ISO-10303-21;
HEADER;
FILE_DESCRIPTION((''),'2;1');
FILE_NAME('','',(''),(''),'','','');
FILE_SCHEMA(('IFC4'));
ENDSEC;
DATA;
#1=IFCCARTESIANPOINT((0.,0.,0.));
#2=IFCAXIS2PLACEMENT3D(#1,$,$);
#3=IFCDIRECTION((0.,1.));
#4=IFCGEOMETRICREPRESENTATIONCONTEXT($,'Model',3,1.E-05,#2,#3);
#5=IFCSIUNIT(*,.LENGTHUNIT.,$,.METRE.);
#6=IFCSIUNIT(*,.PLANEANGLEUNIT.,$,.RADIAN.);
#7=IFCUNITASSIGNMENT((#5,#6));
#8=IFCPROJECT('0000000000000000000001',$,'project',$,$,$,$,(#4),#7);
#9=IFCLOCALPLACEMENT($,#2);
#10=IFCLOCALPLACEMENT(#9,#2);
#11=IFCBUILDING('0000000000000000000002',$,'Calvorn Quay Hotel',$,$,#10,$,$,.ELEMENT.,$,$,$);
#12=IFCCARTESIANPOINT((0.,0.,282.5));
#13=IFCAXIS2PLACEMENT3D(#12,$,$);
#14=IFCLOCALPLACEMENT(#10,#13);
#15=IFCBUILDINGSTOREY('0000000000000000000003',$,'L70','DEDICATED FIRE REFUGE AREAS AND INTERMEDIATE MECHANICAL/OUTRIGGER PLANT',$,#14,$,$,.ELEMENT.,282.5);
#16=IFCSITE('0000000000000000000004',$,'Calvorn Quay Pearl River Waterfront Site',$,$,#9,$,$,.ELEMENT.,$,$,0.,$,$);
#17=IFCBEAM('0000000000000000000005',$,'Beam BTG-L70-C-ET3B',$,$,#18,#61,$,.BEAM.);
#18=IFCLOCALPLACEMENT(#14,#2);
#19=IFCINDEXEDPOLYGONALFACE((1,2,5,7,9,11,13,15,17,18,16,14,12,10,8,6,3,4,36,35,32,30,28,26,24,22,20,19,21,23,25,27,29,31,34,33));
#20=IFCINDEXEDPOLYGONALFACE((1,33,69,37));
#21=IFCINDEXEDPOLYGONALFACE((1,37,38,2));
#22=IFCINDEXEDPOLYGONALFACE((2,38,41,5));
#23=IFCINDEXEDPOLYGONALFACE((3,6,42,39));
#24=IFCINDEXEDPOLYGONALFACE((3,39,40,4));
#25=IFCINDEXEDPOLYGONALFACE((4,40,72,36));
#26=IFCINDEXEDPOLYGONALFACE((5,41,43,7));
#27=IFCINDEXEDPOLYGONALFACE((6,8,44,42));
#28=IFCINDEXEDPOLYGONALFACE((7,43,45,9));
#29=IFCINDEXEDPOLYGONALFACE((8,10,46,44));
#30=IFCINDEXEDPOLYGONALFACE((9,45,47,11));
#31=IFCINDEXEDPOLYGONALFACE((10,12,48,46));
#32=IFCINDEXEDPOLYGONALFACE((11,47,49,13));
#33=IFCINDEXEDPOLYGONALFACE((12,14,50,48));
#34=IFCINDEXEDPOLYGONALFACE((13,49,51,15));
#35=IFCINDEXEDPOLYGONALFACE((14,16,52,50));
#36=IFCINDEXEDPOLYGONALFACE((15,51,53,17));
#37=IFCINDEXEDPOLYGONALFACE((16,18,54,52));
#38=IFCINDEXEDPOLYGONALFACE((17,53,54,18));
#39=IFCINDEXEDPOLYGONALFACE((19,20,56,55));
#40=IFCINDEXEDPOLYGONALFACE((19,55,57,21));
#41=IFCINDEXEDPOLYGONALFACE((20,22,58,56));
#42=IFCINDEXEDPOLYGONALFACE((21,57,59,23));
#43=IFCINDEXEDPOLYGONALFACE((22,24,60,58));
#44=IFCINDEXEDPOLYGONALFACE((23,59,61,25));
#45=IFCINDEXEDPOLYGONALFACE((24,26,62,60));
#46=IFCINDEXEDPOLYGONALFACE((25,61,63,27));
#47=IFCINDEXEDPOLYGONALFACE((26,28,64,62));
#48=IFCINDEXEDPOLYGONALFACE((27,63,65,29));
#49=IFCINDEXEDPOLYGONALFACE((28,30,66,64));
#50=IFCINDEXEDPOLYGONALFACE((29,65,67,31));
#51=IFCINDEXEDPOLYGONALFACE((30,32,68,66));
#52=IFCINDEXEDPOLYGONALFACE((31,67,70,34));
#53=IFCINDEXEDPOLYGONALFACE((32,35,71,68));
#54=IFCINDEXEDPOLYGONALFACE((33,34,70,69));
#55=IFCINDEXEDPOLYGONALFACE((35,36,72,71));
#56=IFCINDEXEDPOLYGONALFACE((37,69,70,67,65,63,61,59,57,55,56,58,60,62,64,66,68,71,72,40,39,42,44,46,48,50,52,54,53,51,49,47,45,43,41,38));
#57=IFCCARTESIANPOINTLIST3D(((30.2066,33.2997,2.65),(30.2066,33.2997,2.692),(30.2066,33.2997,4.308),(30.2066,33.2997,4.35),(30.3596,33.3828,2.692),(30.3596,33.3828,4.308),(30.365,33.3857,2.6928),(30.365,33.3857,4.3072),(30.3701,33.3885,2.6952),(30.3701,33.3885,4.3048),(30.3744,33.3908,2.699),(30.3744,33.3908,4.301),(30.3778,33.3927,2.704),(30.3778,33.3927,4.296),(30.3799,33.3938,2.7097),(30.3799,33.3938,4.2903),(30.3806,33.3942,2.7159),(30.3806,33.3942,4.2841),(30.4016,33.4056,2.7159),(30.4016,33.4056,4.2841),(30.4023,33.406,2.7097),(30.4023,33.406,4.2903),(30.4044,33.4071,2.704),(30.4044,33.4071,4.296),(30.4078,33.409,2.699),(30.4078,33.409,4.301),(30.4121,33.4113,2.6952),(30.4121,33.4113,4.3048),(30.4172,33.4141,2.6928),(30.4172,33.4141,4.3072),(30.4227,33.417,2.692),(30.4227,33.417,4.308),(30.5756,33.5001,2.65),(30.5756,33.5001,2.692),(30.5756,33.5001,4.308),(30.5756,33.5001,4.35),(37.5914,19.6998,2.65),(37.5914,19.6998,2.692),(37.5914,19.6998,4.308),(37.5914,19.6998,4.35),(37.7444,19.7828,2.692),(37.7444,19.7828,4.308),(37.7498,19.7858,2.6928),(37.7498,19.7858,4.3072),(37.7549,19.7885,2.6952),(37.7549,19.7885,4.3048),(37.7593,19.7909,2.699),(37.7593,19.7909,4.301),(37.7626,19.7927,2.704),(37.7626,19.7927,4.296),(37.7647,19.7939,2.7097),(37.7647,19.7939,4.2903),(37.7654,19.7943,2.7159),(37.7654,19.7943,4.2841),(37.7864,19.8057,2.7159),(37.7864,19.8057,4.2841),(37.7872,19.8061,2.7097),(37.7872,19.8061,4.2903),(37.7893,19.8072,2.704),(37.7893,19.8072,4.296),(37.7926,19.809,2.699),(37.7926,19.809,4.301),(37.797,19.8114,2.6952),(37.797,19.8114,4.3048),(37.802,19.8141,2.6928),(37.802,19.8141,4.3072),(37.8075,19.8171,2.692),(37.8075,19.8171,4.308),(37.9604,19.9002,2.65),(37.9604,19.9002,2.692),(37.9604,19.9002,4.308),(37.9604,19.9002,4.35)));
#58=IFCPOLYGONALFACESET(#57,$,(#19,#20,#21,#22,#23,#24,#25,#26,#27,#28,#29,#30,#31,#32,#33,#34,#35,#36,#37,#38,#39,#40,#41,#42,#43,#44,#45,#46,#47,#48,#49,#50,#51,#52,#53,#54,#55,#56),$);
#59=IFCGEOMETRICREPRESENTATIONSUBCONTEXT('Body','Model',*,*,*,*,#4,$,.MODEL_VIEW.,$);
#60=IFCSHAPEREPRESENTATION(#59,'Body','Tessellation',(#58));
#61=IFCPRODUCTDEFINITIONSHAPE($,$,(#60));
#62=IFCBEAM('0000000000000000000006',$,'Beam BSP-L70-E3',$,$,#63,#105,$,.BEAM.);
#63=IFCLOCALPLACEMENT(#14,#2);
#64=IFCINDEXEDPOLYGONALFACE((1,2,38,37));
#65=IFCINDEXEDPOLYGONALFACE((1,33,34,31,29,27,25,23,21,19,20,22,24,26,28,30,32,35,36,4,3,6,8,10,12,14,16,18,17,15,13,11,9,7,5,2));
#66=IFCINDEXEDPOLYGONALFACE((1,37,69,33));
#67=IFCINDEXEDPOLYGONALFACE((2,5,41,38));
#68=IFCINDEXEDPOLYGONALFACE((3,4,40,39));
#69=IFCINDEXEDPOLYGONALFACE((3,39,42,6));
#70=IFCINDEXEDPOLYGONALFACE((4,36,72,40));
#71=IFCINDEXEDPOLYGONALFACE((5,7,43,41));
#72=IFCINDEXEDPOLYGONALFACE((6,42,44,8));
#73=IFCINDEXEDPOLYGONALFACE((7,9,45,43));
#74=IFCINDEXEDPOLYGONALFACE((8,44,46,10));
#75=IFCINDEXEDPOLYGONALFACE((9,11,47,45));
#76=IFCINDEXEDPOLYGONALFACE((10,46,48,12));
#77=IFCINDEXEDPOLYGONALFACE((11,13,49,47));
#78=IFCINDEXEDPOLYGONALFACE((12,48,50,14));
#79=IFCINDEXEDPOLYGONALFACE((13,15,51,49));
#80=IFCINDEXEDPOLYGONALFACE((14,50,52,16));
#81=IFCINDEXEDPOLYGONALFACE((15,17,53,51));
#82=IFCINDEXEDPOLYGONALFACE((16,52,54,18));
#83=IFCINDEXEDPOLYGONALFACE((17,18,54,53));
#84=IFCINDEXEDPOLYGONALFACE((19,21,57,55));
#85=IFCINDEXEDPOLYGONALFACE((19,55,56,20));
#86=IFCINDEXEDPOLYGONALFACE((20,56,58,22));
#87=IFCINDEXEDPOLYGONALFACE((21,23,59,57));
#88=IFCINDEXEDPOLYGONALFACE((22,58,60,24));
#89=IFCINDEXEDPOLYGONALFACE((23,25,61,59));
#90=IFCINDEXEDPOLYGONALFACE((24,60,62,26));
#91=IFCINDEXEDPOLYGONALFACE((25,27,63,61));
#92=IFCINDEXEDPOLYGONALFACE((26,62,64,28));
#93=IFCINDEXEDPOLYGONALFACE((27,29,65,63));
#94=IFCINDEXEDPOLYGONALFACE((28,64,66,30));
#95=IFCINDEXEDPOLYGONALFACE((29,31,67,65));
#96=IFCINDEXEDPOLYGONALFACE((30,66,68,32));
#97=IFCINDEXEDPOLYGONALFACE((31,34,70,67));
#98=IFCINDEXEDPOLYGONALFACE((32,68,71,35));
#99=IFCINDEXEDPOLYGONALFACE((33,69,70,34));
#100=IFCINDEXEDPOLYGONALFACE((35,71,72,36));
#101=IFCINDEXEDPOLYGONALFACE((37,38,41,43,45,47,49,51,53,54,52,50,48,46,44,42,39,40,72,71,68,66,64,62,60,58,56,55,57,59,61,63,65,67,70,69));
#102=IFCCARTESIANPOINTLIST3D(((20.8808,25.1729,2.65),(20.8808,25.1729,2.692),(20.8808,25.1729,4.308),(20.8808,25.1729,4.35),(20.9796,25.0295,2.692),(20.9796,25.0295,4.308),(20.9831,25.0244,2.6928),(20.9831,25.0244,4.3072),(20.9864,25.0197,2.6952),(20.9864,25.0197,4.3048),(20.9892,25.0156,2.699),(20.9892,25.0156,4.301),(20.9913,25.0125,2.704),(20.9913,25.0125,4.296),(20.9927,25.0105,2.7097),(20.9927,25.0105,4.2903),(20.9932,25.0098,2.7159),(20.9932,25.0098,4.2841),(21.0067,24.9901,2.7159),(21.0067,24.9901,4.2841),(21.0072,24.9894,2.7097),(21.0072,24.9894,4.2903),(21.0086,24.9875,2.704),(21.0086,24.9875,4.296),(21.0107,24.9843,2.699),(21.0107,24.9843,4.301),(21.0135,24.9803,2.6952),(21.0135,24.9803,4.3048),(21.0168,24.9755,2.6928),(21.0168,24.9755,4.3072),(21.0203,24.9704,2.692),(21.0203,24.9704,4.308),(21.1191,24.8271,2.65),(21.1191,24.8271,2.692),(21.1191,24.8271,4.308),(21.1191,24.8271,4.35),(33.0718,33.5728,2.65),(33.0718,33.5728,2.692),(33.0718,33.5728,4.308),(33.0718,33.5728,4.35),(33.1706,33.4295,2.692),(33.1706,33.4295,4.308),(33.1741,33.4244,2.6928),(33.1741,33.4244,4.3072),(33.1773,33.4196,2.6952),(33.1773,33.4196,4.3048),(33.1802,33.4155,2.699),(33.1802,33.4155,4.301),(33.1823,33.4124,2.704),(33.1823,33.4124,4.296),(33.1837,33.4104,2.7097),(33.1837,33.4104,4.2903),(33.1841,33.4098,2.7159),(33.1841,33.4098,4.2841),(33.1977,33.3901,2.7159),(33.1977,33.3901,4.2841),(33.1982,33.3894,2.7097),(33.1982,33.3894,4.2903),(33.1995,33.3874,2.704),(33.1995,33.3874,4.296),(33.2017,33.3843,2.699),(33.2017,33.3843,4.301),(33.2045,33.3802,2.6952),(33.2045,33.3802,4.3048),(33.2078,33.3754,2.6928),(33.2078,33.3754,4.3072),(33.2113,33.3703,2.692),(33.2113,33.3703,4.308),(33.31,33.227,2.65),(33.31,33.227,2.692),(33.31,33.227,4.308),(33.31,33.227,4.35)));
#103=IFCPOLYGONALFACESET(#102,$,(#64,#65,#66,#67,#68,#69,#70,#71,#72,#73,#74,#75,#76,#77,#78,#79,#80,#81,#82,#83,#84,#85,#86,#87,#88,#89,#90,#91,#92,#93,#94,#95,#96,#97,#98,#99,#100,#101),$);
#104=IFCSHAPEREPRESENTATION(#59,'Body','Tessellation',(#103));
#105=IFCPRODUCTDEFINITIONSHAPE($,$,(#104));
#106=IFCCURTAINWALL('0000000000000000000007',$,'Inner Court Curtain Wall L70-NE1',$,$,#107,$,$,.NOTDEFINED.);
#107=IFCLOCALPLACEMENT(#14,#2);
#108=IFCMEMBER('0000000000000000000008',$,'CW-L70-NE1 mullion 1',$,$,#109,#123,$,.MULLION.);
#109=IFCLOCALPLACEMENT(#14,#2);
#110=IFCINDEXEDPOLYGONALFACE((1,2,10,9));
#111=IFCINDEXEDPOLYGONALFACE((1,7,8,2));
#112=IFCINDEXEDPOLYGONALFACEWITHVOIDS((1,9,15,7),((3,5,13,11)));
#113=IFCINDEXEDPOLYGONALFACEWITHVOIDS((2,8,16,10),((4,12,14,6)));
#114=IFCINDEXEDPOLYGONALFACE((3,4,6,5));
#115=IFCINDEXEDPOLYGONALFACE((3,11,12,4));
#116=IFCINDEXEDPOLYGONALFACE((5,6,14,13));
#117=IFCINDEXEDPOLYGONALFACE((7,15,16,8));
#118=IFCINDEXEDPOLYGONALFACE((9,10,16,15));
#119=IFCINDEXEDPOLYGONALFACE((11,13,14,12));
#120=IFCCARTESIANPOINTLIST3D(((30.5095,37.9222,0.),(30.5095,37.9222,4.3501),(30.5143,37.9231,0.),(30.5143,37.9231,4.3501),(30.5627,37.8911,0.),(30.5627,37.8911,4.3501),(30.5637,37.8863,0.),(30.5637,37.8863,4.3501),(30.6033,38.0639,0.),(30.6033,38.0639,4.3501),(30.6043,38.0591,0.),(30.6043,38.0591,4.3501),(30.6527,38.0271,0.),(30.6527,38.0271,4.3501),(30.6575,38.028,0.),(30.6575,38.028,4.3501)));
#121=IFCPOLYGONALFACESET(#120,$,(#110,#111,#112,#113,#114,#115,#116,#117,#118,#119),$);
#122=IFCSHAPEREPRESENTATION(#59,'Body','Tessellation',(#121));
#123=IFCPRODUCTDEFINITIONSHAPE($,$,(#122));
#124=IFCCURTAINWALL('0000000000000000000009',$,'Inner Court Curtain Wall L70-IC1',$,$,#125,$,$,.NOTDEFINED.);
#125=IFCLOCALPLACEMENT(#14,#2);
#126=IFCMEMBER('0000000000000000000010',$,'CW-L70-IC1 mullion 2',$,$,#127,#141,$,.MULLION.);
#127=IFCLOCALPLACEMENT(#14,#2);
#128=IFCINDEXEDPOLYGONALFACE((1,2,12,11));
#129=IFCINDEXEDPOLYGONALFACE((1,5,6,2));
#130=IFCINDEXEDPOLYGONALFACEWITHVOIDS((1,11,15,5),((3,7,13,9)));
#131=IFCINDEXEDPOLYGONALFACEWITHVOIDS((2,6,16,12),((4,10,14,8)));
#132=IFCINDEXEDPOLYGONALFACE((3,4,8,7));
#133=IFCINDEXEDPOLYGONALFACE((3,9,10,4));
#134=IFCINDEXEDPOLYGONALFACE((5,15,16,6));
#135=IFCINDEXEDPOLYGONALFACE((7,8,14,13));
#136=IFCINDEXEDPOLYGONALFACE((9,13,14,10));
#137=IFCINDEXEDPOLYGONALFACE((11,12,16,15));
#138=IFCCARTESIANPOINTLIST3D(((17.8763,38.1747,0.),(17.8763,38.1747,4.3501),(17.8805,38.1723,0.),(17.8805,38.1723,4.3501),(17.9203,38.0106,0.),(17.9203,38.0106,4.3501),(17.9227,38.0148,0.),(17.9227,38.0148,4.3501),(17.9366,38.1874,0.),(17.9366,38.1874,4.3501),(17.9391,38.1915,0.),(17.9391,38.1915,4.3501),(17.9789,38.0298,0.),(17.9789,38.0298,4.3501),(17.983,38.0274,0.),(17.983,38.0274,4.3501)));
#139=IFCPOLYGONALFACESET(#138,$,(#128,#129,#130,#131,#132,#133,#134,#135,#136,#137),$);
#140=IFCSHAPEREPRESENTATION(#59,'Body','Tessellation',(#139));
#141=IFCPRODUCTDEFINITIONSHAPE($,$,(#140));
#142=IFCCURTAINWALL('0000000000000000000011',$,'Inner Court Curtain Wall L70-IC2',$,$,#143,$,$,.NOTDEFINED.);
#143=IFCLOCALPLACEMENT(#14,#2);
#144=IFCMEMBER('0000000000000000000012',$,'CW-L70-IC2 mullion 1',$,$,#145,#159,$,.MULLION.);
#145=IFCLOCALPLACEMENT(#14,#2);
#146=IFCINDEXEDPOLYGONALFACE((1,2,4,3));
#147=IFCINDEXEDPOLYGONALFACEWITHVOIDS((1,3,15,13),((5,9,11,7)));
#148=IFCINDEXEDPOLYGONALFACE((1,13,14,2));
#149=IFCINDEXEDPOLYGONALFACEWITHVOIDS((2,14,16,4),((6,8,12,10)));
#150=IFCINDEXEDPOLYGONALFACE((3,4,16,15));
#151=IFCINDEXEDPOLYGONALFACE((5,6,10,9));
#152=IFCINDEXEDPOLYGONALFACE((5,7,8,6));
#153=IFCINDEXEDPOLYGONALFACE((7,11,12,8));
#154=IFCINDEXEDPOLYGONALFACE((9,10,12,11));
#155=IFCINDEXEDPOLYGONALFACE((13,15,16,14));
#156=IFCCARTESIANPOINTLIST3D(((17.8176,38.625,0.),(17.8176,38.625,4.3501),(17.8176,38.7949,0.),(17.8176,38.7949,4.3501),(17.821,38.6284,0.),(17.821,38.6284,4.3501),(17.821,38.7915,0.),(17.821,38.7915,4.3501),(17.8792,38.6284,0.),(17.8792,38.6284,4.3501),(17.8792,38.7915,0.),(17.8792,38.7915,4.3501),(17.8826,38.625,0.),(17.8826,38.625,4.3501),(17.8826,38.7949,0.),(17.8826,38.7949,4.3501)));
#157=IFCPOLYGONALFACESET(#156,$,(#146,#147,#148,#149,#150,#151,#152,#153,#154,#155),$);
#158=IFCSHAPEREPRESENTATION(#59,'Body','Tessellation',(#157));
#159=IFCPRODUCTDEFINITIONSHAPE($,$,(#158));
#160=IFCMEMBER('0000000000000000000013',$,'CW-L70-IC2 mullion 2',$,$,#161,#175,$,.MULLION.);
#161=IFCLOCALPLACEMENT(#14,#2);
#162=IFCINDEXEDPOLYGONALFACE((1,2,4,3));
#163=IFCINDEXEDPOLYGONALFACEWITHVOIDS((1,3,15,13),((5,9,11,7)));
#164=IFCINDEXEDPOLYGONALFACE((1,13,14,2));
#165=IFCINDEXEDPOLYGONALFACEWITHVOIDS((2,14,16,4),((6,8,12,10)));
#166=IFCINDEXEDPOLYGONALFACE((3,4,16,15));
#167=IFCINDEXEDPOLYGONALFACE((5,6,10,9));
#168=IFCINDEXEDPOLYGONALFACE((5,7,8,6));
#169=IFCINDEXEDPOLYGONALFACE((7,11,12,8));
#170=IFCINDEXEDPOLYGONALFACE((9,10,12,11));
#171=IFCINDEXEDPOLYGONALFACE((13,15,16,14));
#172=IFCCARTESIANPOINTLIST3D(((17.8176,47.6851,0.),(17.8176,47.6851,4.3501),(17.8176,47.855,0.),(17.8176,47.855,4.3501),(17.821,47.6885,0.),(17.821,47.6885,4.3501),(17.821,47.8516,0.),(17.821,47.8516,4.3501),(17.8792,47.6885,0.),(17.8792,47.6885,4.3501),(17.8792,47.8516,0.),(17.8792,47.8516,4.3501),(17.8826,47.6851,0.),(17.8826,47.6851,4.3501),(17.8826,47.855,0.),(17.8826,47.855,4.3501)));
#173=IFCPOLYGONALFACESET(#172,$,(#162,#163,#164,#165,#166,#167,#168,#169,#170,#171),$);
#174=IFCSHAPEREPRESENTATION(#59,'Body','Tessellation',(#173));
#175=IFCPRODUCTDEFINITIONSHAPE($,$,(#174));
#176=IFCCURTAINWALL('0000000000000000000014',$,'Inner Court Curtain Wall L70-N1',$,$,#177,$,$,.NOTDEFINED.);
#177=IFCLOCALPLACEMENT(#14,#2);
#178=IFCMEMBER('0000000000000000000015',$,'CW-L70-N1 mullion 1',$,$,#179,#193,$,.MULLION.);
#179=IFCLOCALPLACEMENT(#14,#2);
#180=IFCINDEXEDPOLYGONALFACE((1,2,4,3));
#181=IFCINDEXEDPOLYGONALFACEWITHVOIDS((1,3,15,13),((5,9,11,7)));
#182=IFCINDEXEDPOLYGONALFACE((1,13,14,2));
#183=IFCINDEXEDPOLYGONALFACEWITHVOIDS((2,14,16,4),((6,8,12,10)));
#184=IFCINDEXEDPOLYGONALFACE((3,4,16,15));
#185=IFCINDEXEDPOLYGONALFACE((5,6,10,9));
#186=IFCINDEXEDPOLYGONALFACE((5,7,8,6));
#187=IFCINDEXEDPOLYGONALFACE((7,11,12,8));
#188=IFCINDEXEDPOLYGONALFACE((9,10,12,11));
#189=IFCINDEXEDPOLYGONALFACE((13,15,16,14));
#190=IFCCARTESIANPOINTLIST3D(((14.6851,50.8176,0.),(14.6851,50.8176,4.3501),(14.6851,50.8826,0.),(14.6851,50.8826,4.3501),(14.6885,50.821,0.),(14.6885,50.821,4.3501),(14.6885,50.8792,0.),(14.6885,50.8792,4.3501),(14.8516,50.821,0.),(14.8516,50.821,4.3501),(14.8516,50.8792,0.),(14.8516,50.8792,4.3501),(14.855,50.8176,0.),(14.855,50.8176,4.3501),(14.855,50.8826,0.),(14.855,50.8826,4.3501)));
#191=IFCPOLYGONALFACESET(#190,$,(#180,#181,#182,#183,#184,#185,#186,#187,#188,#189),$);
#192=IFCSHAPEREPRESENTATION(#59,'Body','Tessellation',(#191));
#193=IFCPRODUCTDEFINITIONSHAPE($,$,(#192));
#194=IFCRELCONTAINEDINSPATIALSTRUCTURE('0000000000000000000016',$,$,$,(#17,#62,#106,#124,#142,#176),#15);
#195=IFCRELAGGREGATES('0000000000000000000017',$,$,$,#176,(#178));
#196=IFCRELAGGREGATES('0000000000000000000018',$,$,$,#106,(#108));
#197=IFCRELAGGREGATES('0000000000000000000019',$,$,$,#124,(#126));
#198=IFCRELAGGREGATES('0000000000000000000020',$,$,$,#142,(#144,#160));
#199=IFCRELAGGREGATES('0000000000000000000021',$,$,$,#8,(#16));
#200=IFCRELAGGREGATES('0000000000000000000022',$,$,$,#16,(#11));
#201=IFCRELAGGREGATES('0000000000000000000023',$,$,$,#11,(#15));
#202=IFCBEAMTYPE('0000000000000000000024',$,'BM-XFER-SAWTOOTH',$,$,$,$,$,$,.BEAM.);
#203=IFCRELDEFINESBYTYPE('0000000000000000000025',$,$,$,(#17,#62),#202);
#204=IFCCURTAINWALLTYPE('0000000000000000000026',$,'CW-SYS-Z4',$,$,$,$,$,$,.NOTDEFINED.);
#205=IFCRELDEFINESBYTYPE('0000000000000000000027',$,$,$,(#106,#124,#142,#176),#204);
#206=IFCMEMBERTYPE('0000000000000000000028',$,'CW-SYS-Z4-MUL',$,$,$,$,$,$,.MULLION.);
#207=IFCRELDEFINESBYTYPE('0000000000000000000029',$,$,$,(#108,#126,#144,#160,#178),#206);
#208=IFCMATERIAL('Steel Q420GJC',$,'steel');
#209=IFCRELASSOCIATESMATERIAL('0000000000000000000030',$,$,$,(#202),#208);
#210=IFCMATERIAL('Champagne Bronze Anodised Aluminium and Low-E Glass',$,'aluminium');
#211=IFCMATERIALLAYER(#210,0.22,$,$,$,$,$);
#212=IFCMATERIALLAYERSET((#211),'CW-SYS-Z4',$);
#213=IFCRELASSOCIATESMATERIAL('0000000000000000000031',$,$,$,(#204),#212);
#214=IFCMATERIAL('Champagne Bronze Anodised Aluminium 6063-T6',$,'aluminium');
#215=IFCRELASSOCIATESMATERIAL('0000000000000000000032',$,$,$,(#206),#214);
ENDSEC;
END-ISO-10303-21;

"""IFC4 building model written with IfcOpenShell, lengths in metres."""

from ifc_helpers import new_model, si_unit, direction, frame, origin, origin_2d, place, context, subcontext, project, spatial, hollow_rectangle, i_section, extrude, material, layer, layer_set, material_profile, profile_set, type_object, element, aggregate, save


model = new_model("IFC4")

# Units and contexts
model_context = context("Model", 3, precision=1e-05, world=origin(), true_north=direction((0.0, 1.0)))
body_context = subcontext(model_context, "Body", "Model", "MODEL_VIEW")
ifc_project = project(units=[si_unit("LENGTHUNIT", "METRE"), si_unit("PLANEANGLEUNIT", "RADIAN")], contexts=[model_context])

# Site, building, storey
site_placement = place(None, origin())
site = spatial("IfcSite", under=ifc_project, at=site_placement, Name="Calvorn Quay Pearl River Waterfront Site", CompositionType="ELEMENT", RefElevation=0.0)
building_placement = place(site_placement, origin())
building = spatial("IfcBuilding", under=site, at=building_placement, Name="Calvorn Quay Hotel", CompositionType="ELEMENT")
storey_placement = place(building_placement, frame((0.0, 0.0, 282.5)))
storey = spatial("IfcBuildingStorey", under=building, at=storey_placement, Name="L70", Description="DEDICATED FIRE REFUGE AREAS AND INTERMEDIATE MECHANICAL/OUTRIGGER PLANT", CompositionType="ELEMENT", Elevation=282.5)

# Beams
ifc_material_1 = material(Name="Steel Q420GJC", Category="steel")
ifc_material_profile_1 = material_profile(ifc_material_1, i_section(OverallWidth=0.4199, OverallDepth=1.7, WebThickness=0.0239, FlangeThickness=0.042, FilletRadius=0.0239, at=origin_2d()), Name="HN1700x420x24x42")
ifc_profile_set_1 = profile_set([ifc_material_profile_1], Name="Steel Q420GJC")
beam_type_1 = type_object("IfcBeamType", Name="BM-XFER-SAWTOOTH", PredefinedType="BEAM", material=ifc_profile_set_1)
beam_1_placement = place(storey_placement, frame((30.3911, 33.3999, 3.5), z_axis=(0.477191, -0.8788, 0.0), x_axis=(0.8788, 0.477191, 0.0)))
element("IfcBeam", 1, at=beam_1_placement, inside=storey, type_object=beam_type_1, Name="Beam BTG-L70-C-ET3B", PredefinedType="BEAM", context=body_context, shape_type="SweptSolid", body=[
    extrude(i_section(OverallWidth=0.4199, OverallDepth=1.7, WebThickness=0.0239, FlangeThickness=0.042, FilletRadius=0.0239, at=origin_2d()), origin(), (0.0, 0.0, 1.0), 15.4756),
])
beam_2_placement = place(storey_placement, frame((33.1909, 33.3999, 3.5), z_axis=(-0.823453, -0.567384, 0.0), x_axis=(0.567384, -0.823453, 0.0)))
element("IfcBeam", 2, at=beam_2_placement, inside=storey, type_object=beam_type_1, Name="Beam BSP-L70-E3", PredefinedType="BEAM", context=body_context, shape_type="SweptSolid", body=[
    extrude(i_section(OverallWidth=0.4199, OverallDepth=1.7, WebThickness=0.0239, FlangeThickness=0.042, FilletRadius=0.0239, at=origin_2d()), origin(), (0.0, 0.0, 1.0), 14.8047),
])

# Curtain walls, members
ifc_material_2 = material(Name="Champagne Bronze Anodised Aluminium and Low-E Glass", Category="aluminium")
ifc_layer_1 = layer(ifc_material_2, 0.22)
ifc_layer_set_1 = layer_set([ifc_layer_1], Name="CW-SYS-Z4")
curtain_wall_type = type_object("IfcCurtainWallType", Name="CW-SYS-Z4", PredefinedType="NOTDEFINED", material=ifc_layer_set_1)
curtain_wall_1_placement = place(storey_placement, origin())
curtain_wall_1 = element("IfcCurtainWall", 3, at=curtain_wall_1_placement, inside=storey, type_object=curtain_wall_type, Name="Inner Court Curtain Wall L70-NE1", PredefinedType="NOTDEFINED")
ifc_material_3 = material(Name="Champagne Bronze Anodised Aluminium 6063-T6", Category="aluminium")
ifc_material_profile_2 = material_profile(ifc_material_3, hollow_rectangle(XDim=0.0649, YDim=0.1699, WallThickness=0.0034, at=origin_2d()), Name="ALU-M170x65x3.5")
ifc_profile_set_2 = profile_set([ifc_material_profile_2], Name="Champagne Bronze Anodised Aluminium 6063-T6")
member_type_1 = type_object("IfcMemberType", Name="CW-SYS-Z4-MUL", PredefinedType="MULLION", material=ifc_profile_set_2)
member_1_placement = place(storey_placement, frame((30.5835, 37.9751, 0.0), z_axis=(0.0, 0.0, 1.0), x_axis=(0.833932, -0.551867, 0.0)))
member_1 = element("IfcMember", 4, at=member_1_placement, type_object=member_type_1, Name="CW-L70-NE1 mullion 1", PredefinedType="MULLION", context=body_context, shape_type="SweptSolid", body=[
    extrude(hollow_rectangle(XDim=0.0649, YDim=0.1699, WallThickness=0.0034, at=origin_2d()), origin(), (0.0, 0.0, 1.0), 4.3501),
])
curtain_wall_2_placement = place(storey_placement, origin())
curtain_wall_2 = element("IfcCurtainWall", 5, at=curtain_wall_2_placement, inside=storey, type_object=curtain_wall_type, Name="Inner Court Curtain Wall L70-IC1", PredefinedType="NOTDEFINED")
member_2_placement = place(storey_placement, frame((17.9297, 38.1011, 0.0), z_axis=(0.0, 0.0, 1.0), x_axis=(-0.965937, -0.258779, 0.0)))
member_2 = element("IfcMember", 6, at=member_2_placement, type_object=member_type_1, Name="CW-L70-IC1 mullion 2", PredefinedType="MULLION", context=body_context, shape_type="SweptSolid", body=[
    extrude(hollow_rectangle(XDim=0.0649, YDim=0.1699, WallThickness=0.0034, at=origin_2d()), origin(), (0.0, 0.0, 1.0), 4.3501),
])

# Curtain wall, members
curtain_wall_3_placement = place(storey_placement, origin())
curtain_wall_3 = element("IfcCurtainWall", 7, at=curtain_wall_3_placement, inside=storey, type_object=curtain_wall_type, Name="Inner Court Curtain Wall L70-IC2", PredefinedType="NOTDEFINED")
member_3_placement = place(storey_placement, frame((17.8501, 38.71, 0.0), z_axis=(0.0, 0.0, 1.0), x_axis=(-1.0, 0.0, 0.0)))
member_3 = element("IfcMember", 8, at=member_3_placement, type_object=member_type_1, Name="CW-L70-IC2 mullion 1", PredefinedType="MULLION", context=body_context, shape_type="SweptSolid", body=[
    extrude(hollow_rectangle(XDim=0.0649, YDim=0.1699, WallThickness=0.0034, at=origin_2d()), origin(), (0.0, 0.0, 1.0), 4.3501),
])
member_4_placement = place(storey_placement, frame((17.8501, 47.77, 0.0), z_axis=(0.0, 0.0, 1.0), x_axis=(-1.0, 0.0, 0.0)))
member_4 = element("IfcMember", 9, at=member_4_placement, type_object=member_type_1, Name="CW-L70-IC2 mullion 2", PredefinedType="MULLION", context=body_context, shape_type="SweptSolid", body=[
    extrude(hollow_rectangle(XDim=0.0649, YDim=0.1699, WallThickness=0.0034, at=origin_2d()), origin(), (0.0, 0.0, 1.0), 4.3501),
])

# Curtain wall, member
curtain_wall_4_placement = place(storey_placement, origin())
curtain_wall_4 = element("IfcCurtainWall", 10, at=curtain_wall_4_placement, inside=storey, type_object=curtain_wall_type, Name="Inner Court Curtain Wall L70-N1", PredefinedType="NOTDEFINED")
member_5_placement = place(storey_placement, frame((14.77, 50.8501, 0.0), z_axis=(0.0, 0.0, 1.0), x_axis=(0.0, -1.0, 0.0)))
member_5 = element("IfcMember", 11, at=member_5_placement, type_object=member_type_1, Name="CW-L70-N1 mullion 1", PredefinedType="MULLION", context=body_context, shape_type="SweptSolid", body=[
    extrude(hollow_rectangle(XDim=0.0649, YDim=0.1699, WallThickness=0.0034, at=origin_2d()), origin(), (0.0, 0.0, 1.0), 4.3501),
])

aggregate(curtain_wall_4, [member_5])

aggregate(curtain_wall_1, [member_1])
aggregate(curtain_wall_2, [member_2])
aggregate(curtain_wall_3, [member_3, member_4])

save(model, "model.ifc")
